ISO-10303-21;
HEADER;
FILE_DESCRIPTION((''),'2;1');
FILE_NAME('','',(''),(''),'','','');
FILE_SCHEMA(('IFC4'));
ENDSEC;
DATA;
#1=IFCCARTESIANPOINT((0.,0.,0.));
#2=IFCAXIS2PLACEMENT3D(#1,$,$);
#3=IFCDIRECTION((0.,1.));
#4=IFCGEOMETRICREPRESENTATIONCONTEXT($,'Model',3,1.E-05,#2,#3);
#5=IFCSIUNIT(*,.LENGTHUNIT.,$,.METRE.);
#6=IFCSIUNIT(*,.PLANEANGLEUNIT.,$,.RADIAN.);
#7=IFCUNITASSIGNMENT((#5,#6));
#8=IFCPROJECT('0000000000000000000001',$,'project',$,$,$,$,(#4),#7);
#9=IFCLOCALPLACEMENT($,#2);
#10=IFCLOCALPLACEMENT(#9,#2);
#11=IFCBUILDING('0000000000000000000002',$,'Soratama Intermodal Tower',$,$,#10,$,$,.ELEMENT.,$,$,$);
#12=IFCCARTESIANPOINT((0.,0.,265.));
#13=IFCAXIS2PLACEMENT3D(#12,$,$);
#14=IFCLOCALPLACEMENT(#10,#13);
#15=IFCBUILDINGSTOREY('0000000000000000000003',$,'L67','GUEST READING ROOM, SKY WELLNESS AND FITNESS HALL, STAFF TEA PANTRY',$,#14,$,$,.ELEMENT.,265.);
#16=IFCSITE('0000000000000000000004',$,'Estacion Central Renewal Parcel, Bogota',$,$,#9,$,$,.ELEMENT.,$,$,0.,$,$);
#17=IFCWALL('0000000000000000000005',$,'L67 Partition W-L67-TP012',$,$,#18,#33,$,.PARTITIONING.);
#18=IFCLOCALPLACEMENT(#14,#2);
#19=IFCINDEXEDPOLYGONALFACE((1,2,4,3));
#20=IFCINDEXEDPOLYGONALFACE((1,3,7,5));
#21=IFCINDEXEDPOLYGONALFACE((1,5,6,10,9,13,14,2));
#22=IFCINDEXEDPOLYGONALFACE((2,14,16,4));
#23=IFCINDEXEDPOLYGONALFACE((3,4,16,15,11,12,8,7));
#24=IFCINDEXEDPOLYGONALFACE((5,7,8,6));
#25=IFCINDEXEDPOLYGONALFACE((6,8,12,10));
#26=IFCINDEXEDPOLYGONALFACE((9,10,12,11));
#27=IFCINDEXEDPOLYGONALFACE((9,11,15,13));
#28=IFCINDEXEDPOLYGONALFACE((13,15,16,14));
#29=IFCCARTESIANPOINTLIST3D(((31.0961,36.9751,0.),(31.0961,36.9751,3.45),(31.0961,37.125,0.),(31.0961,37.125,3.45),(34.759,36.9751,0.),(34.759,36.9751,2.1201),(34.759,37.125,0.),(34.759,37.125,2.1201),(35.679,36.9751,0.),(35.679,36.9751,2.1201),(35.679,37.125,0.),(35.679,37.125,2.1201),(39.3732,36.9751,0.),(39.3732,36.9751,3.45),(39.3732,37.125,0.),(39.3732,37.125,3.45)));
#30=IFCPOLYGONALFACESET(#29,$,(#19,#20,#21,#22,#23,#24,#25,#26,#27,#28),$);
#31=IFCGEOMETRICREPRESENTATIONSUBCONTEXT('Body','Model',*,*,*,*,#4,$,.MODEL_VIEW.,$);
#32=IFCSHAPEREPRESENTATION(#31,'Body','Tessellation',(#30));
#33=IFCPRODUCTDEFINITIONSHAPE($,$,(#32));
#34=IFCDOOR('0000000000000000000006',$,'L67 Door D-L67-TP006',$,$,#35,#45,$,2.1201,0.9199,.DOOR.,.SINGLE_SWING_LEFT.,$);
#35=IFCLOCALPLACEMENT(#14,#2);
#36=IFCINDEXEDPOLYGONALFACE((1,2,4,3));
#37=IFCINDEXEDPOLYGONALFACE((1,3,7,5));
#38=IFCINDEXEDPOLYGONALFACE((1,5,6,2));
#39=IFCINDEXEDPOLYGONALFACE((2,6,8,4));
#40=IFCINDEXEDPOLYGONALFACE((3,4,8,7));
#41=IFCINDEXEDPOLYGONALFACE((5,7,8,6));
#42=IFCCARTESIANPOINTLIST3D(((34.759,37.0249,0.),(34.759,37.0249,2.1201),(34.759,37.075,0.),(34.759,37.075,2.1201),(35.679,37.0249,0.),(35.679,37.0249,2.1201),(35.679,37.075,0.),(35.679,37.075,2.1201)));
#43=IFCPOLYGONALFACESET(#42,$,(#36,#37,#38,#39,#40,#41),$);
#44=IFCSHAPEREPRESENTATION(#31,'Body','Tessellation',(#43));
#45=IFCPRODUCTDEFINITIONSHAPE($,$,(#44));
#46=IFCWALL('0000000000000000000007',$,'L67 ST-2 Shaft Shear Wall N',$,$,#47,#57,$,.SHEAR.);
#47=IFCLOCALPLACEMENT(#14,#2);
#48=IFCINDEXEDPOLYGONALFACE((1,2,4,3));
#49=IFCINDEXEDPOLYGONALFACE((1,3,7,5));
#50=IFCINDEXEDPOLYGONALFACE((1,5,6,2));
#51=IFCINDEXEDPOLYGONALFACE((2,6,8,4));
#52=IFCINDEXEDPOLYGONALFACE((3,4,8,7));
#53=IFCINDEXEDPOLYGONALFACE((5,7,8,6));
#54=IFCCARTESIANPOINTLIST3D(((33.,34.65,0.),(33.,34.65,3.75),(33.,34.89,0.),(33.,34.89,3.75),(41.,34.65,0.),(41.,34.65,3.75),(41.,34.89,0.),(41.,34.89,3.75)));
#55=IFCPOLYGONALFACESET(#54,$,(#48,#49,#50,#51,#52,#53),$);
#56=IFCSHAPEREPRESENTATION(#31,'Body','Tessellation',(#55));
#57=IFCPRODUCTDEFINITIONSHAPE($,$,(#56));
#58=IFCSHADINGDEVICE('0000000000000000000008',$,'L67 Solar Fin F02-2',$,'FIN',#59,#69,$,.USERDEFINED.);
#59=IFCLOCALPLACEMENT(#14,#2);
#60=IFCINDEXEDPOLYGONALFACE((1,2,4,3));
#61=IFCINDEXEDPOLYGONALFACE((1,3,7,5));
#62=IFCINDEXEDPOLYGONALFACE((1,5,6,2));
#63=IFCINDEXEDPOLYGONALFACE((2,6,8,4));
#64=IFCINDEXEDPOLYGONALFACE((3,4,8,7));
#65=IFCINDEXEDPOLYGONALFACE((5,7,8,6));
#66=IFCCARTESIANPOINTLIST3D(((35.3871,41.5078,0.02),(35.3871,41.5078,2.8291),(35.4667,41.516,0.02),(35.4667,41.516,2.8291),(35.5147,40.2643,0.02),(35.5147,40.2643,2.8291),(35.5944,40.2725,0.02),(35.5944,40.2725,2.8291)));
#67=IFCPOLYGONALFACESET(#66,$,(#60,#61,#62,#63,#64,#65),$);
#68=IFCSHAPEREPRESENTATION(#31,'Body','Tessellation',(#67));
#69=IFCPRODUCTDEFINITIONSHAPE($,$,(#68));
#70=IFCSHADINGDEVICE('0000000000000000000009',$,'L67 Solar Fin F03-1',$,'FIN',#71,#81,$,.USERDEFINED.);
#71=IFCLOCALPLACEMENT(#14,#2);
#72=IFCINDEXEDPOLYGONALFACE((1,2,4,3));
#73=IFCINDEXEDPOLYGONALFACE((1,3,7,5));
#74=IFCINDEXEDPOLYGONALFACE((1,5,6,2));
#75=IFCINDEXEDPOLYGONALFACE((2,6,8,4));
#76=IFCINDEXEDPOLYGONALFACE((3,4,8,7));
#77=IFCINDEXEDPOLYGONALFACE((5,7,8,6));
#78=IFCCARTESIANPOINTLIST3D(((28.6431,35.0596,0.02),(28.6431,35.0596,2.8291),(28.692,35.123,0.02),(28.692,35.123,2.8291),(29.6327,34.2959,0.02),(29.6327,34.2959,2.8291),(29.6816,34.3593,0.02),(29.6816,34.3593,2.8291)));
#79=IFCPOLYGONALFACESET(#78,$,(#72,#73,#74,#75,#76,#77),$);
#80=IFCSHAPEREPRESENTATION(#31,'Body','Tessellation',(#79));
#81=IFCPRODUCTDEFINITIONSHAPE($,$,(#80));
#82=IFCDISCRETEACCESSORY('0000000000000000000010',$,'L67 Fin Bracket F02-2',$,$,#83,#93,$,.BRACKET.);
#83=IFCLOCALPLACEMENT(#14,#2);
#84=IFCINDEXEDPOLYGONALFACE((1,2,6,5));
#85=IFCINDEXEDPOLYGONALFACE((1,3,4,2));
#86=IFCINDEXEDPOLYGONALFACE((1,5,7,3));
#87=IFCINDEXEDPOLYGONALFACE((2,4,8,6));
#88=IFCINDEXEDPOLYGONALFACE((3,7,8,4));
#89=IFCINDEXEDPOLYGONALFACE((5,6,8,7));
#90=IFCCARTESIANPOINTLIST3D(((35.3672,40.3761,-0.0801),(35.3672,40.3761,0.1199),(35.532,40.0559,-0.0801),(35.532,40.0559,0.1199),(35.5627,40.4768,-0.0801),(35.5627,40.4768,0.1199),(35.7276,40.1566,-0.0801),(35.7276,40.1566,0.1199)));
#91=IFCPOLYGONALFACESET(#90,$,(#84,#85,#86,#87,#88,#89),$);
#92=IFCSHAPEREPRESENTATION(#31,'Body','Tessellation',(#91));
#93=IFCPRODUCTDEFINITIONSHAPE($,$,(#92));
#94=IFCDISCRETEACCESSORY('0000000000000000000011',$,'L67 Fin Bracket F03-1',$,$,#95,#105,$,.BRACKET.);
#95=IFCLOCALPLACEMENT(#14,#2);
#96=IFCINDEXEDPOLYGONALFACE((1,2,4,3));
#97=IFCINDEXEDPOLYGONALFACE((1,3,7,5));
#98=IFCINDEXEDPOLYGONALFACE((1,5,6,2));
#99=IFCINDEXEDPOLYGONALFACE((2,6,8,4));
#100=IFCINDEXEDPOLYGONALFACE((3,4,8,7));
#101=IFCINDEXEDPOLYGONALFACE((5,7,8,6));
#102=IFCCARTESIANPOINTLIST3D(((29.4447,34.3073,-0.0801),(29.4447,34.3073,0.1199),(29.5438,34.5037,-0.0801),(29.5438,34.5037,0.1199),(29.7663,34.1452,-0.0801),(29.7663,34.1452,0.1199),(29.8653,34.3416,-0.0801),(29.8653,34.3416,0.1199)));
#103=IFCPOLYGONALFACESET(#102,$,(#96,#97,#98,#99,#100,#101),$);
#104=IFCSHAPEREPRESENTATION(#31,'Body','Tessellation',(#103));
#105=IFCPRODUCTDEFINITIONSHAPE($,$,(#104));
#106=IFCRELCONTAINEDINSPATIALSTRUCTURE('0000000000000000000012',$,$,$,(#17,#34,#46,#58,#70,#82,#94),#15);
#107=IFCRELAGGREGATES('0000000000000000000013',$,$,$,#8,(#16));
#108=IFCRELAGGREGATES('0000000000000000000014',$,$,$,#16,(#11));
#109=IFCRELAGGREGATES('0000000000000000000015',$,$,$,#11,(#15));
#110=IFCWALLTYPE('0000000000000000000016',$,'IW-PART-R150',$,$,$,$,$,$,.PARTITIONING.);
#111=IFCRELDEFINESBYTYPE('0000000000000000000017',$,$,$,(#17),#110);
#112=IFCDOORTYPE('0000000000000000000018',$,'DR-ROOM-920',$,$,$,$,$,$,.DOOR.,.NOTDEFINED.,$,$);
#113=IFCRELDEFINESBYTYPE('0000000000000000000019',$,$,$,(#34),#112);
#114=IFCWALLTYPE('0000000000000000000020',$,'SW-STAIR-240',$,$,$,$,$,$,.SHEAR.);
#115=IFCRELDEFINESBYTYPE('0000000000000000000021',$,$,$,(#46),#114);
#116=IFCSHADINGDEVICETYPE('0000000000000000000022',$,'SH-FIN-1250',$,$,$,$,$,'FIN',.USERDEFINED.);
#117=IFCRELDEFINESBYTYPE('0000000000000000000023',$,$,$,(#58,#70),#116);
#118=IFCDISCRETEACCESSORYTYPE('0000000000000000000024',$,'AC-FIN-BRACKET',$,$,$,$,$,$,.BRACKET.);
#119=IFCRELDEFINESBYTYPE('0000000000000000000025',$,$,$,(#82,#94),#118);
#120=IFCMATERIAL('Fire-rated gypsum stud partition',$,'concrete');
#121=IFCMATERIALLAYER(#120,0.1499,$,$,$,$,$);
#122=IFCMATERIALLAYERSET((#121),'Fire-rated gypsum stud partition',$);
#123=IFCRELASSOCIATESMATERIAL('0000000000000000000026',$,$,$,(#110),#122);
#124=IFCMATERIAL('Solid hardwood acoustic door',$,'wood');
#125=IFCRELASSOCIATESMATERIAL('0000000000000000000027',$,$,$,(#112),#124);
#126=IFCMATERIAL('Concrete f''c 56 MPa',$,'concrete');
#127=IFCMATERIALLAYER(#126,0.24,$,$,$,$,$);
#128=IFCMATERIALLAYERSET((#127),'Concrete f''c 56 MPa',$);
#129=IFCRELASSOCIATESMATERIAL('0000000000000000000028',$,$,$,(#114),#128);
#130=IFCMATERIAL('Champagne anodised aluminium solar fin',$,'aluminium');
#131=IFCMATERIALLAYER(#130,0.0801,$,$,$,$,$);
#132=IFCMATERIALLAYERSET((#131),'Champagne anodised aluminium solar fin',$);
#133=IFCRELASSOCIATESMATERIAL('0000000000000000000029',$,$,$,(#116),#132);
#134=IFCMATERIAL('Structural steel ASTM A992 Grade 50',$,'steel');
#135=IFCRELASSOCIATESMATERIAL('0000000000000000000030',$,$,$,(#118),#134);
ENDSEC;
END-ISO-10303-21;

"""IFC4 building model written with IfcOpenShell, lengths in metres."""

from ifc_helpers import new_model, si_unit, direction, frame, frame_2d, origin, origin_2d, place, context, subcontext, project, spatial, rectangle, extrude, material, layer, layer_set, type_object, element, fill, save


model = new_model("IFC4")

# Units and contexts
model_context = context("Model", 3, precision=1e-05, world=origin(), true_north=direction((0.0, 1.0)))
body_context = subcontext(model_context, "Body", "Model", "MODEL_VIEW")
ifc_project = project(units=[si_unit("LENGTHUNIT", "METRE"), si_unit("PLANEANGLEUNIT", "RADIAN")], contexts=[model_context])

# Site, building, storey
site_placement = place(None, origin())
site = spatial("IfcSite", under=ifc_project, at=site_placement, Name="Estacion Central Renewal Parcel, Bogota", CompositionType="ELEMENT", RefElevation=0.0)
building_placement = place(site_placement, origin())
building = spatial("IfcBuilding", under=site, at=building_placement, Name="Soratama Intermodal Tower", CompositionType="ELEMENT")
storey_placement = place(building_placement, frame((0.0, 0.0, 265.0)))
storey = spatial("IfcBuildingStorey", under=building, at=storey_placement, Name="L67", Description="GUEST READING ROOM, SKY WELLNESS AND FITNESS HALL, STAFF TEA PANTRY", CompositionType="ELEMENT", Elevation=265.0)

# Wall, opening, door
ifc_material_1 = material(Name="Fire-rated gypsum stud partition", Category="concrete")
ifc_layer_1 = layer(ifc_material_1, 0.1499)
ifc_layer_set_1 = layer_set([ifc_layer_1], Name="Fire-rated gypsum stud partition")
wall_type_1 = type_object("IfcWallType", Name="IW-PART-R150", PredefinedType="PARTITIONING", material=ifc_layer_set_1)
wall_1_placement = place(storey_placement, frame((31.0959, 37.05, 0.0), z_axis=(0.0, 0.0, 1.0), x_axis=(1.0, 0.0, 0.0)))
wall_1 = element("IfcWall", 1, at=wall_1_placement, inside=storey, type_object=wall_type_1, Name="L67 Partition W-L67-TP012", PredefinedType="PARTITIONING", context=body_context, shape_type="SweptSolid", body=[
    extrude(rectangle(XDim=8.2771, YDim=0.1499, at=frame_2d((4.1387, 0.0))), origin(), (0.0, 0.0, 1.0), 3.45),
])
opening_1_placement = place(wall_1_placement, frame((3.6631, 0.0, 0.0)))
opening_1 = element("IfcOpeningElement", 2, at=opening_1_placement, cuts=wall_1, PredefinedType="OPENING", context=body_context, shape_type="SweptSolid", body=[
    extrude(rectangle(XDim=0.9199, YDim=2.1201, at=frame_2d((0.46, 1.0601))), frame((0.0, 0.085, 0.0), z_axis=(0.0, -1.0, 0.0), x_axis=(1.0, 0.0, 0.0)), (0.0, 0.0, 1.0), 0.1699),
])
ifc_material_2 = material(Name="Solid hardwood acoustic door", Category="wood")
door_type = type_object("IfcDoorType", Name="DR-ROOM-920", OperationType="NOTDEFINED", PredefinedType="DOOR", material=ifc_material_2)
door_placement = place(opening_1_placement, origin())
door = element("IfcDoor", 3, at=door_placement, inside=storey, type_object=door_type, Name="L67 Door D-L67-TP006", OperationType="SINGLE_SWING_LEFT", OverallHeight=2.1201, OverallWidth=0.9199, PredefinedType="DOOR", context=body_context, shape_type="SweptSolid", body=[
    extrude(rectangle(XDim=0.9199, YDim=2.1201, at=frame_2d((0.46, 1.0601))), frame((0.0, 0.0249, 0.0), z_axis=(0.0, -1.0, 0.0), x_axis=(1.0, 0.0, 0.0)), (0.0, 0.0, 1.0), 0.05),
])
fill(opening_1, door)

# Wall
ifc_material_3 = material(Name="Concrete f'c 56 MPa", Category="concrete")
ifc_layer_2 = layer(ifc_material_3, 0.24)
ifc_layer_set_2 = layer_set([ifc_layer_2], Name="Concrete f'c 56 MPa")
wall_type_2 = type_object("IfcWallType", Name="SW-STAIR-240", PredefinedType="SHEAR", material=ifc_layer_set_2)
wall_2_placement = place(storey_placement, frame((33.0, 34.77, 0.0), z_axis=(0.0, 0.0, 1.0), x_axis=(1.0, 0.0, 0.0)))
element("IfcWall", 4, at=wall_2_placement, inside=storey, type_object=wall_type_2, Name="L67 ST-2 Shaft Shear Wall N", PredefinedType="SHEAR", context=body_context, shape_type="SweptSolid", body=[
    extrude(rectangle(XDim=8.0, YDim=0.24, at=frame_2d((4.0, 0.0))), origin(), (0.0, 0.0, 1.0), 3.75),
])

# Shading devices
ifc_material_4 = material(Name="Champagne anodised aluminium solar fin", Category="aluminium")
ifc_layer_3 = layer(ifc_material_4, 0.0801)
ifc_layer_set_3 = layer_set([ifc_layer_3], Name="Champagne anodised aluminium solar fin")
shading_device_type = type_object("IfcShadingDeviceType", Name="SH-FIN-1250", ElementType="FIN", PredefinedType="USERDEFINED", material=ifc_layer_set_3)
for number, where, z_axis, x_axis, name in (
    (5, (35.4907, 40.8901, 0.02), (0.0, 0.0, 1.0), (-0.102098, 0.994774, 0.0), "L67 Solar Fin F02-2"),
    (6, (29.1624, 34.7095, 0.02), (0.0, 0.0, 1.0), (-0.79165, 0.610975, 0.0), "L67 Solar Fin F03-1"),
):
    element("IfcShadingDevice", number, at=place(storey_placement, frame(where, z_axis=z_axis, x_axis=x_axis)), inside=storey, type_object=shading_device_type, Name=name, ObjectType="FIN", PredefinedType="USERDEFINED", context=body_context, shape_type="SweptSolid", body=[
        extrude(rectangle(XDim=1.25, YDim=0.0801, at=origin_2d()), origin(), (0.0, 0.0, 1.0), 2.8091),
    ])

# Discrete accessories
ifc_material_5 = material(Name="Structural steel ASTM A992 Grade 50", Category="steel")
discrete_accessory_type = type_object("IfcDiscreteAccessoryType", Name="AC-FIN-BRACKET", PredefinedType="BRACKET", material=ifc_material_5)
for number, where, z_axis, x_axis, name in (
    (7, (35.5474, 40.2664, -0.0801), (0.0, 0.0, 1.0), (-0.457719, 0.889097, 0.0), "L67 Fin Bracket F02-2"),
    (8, (29.655, 34.3245, -0.0801), (0.0, 0.0, 1.0), (-0.8929, 0.450254, 0.0), "L67 Fin Bracket F03-1"),
):
    element("IfcDiscreteAccessory", number, at=place(storey_placement, frame(where, z_axis=z_axis, x_axis=x_axis)), inside=storey, type_object=discrete_accessory_type, Name=name, PredefinedType="BRACKET", context=body_context, shape_type="SweptSolid", body=[
        extrude(rectangle(XDim=0.3601, YDim=0.22, at=origin_2d()), origin(), (0.0, 0.0, 1.0), 0.2),
    ])

save(model, "model.ifc")
